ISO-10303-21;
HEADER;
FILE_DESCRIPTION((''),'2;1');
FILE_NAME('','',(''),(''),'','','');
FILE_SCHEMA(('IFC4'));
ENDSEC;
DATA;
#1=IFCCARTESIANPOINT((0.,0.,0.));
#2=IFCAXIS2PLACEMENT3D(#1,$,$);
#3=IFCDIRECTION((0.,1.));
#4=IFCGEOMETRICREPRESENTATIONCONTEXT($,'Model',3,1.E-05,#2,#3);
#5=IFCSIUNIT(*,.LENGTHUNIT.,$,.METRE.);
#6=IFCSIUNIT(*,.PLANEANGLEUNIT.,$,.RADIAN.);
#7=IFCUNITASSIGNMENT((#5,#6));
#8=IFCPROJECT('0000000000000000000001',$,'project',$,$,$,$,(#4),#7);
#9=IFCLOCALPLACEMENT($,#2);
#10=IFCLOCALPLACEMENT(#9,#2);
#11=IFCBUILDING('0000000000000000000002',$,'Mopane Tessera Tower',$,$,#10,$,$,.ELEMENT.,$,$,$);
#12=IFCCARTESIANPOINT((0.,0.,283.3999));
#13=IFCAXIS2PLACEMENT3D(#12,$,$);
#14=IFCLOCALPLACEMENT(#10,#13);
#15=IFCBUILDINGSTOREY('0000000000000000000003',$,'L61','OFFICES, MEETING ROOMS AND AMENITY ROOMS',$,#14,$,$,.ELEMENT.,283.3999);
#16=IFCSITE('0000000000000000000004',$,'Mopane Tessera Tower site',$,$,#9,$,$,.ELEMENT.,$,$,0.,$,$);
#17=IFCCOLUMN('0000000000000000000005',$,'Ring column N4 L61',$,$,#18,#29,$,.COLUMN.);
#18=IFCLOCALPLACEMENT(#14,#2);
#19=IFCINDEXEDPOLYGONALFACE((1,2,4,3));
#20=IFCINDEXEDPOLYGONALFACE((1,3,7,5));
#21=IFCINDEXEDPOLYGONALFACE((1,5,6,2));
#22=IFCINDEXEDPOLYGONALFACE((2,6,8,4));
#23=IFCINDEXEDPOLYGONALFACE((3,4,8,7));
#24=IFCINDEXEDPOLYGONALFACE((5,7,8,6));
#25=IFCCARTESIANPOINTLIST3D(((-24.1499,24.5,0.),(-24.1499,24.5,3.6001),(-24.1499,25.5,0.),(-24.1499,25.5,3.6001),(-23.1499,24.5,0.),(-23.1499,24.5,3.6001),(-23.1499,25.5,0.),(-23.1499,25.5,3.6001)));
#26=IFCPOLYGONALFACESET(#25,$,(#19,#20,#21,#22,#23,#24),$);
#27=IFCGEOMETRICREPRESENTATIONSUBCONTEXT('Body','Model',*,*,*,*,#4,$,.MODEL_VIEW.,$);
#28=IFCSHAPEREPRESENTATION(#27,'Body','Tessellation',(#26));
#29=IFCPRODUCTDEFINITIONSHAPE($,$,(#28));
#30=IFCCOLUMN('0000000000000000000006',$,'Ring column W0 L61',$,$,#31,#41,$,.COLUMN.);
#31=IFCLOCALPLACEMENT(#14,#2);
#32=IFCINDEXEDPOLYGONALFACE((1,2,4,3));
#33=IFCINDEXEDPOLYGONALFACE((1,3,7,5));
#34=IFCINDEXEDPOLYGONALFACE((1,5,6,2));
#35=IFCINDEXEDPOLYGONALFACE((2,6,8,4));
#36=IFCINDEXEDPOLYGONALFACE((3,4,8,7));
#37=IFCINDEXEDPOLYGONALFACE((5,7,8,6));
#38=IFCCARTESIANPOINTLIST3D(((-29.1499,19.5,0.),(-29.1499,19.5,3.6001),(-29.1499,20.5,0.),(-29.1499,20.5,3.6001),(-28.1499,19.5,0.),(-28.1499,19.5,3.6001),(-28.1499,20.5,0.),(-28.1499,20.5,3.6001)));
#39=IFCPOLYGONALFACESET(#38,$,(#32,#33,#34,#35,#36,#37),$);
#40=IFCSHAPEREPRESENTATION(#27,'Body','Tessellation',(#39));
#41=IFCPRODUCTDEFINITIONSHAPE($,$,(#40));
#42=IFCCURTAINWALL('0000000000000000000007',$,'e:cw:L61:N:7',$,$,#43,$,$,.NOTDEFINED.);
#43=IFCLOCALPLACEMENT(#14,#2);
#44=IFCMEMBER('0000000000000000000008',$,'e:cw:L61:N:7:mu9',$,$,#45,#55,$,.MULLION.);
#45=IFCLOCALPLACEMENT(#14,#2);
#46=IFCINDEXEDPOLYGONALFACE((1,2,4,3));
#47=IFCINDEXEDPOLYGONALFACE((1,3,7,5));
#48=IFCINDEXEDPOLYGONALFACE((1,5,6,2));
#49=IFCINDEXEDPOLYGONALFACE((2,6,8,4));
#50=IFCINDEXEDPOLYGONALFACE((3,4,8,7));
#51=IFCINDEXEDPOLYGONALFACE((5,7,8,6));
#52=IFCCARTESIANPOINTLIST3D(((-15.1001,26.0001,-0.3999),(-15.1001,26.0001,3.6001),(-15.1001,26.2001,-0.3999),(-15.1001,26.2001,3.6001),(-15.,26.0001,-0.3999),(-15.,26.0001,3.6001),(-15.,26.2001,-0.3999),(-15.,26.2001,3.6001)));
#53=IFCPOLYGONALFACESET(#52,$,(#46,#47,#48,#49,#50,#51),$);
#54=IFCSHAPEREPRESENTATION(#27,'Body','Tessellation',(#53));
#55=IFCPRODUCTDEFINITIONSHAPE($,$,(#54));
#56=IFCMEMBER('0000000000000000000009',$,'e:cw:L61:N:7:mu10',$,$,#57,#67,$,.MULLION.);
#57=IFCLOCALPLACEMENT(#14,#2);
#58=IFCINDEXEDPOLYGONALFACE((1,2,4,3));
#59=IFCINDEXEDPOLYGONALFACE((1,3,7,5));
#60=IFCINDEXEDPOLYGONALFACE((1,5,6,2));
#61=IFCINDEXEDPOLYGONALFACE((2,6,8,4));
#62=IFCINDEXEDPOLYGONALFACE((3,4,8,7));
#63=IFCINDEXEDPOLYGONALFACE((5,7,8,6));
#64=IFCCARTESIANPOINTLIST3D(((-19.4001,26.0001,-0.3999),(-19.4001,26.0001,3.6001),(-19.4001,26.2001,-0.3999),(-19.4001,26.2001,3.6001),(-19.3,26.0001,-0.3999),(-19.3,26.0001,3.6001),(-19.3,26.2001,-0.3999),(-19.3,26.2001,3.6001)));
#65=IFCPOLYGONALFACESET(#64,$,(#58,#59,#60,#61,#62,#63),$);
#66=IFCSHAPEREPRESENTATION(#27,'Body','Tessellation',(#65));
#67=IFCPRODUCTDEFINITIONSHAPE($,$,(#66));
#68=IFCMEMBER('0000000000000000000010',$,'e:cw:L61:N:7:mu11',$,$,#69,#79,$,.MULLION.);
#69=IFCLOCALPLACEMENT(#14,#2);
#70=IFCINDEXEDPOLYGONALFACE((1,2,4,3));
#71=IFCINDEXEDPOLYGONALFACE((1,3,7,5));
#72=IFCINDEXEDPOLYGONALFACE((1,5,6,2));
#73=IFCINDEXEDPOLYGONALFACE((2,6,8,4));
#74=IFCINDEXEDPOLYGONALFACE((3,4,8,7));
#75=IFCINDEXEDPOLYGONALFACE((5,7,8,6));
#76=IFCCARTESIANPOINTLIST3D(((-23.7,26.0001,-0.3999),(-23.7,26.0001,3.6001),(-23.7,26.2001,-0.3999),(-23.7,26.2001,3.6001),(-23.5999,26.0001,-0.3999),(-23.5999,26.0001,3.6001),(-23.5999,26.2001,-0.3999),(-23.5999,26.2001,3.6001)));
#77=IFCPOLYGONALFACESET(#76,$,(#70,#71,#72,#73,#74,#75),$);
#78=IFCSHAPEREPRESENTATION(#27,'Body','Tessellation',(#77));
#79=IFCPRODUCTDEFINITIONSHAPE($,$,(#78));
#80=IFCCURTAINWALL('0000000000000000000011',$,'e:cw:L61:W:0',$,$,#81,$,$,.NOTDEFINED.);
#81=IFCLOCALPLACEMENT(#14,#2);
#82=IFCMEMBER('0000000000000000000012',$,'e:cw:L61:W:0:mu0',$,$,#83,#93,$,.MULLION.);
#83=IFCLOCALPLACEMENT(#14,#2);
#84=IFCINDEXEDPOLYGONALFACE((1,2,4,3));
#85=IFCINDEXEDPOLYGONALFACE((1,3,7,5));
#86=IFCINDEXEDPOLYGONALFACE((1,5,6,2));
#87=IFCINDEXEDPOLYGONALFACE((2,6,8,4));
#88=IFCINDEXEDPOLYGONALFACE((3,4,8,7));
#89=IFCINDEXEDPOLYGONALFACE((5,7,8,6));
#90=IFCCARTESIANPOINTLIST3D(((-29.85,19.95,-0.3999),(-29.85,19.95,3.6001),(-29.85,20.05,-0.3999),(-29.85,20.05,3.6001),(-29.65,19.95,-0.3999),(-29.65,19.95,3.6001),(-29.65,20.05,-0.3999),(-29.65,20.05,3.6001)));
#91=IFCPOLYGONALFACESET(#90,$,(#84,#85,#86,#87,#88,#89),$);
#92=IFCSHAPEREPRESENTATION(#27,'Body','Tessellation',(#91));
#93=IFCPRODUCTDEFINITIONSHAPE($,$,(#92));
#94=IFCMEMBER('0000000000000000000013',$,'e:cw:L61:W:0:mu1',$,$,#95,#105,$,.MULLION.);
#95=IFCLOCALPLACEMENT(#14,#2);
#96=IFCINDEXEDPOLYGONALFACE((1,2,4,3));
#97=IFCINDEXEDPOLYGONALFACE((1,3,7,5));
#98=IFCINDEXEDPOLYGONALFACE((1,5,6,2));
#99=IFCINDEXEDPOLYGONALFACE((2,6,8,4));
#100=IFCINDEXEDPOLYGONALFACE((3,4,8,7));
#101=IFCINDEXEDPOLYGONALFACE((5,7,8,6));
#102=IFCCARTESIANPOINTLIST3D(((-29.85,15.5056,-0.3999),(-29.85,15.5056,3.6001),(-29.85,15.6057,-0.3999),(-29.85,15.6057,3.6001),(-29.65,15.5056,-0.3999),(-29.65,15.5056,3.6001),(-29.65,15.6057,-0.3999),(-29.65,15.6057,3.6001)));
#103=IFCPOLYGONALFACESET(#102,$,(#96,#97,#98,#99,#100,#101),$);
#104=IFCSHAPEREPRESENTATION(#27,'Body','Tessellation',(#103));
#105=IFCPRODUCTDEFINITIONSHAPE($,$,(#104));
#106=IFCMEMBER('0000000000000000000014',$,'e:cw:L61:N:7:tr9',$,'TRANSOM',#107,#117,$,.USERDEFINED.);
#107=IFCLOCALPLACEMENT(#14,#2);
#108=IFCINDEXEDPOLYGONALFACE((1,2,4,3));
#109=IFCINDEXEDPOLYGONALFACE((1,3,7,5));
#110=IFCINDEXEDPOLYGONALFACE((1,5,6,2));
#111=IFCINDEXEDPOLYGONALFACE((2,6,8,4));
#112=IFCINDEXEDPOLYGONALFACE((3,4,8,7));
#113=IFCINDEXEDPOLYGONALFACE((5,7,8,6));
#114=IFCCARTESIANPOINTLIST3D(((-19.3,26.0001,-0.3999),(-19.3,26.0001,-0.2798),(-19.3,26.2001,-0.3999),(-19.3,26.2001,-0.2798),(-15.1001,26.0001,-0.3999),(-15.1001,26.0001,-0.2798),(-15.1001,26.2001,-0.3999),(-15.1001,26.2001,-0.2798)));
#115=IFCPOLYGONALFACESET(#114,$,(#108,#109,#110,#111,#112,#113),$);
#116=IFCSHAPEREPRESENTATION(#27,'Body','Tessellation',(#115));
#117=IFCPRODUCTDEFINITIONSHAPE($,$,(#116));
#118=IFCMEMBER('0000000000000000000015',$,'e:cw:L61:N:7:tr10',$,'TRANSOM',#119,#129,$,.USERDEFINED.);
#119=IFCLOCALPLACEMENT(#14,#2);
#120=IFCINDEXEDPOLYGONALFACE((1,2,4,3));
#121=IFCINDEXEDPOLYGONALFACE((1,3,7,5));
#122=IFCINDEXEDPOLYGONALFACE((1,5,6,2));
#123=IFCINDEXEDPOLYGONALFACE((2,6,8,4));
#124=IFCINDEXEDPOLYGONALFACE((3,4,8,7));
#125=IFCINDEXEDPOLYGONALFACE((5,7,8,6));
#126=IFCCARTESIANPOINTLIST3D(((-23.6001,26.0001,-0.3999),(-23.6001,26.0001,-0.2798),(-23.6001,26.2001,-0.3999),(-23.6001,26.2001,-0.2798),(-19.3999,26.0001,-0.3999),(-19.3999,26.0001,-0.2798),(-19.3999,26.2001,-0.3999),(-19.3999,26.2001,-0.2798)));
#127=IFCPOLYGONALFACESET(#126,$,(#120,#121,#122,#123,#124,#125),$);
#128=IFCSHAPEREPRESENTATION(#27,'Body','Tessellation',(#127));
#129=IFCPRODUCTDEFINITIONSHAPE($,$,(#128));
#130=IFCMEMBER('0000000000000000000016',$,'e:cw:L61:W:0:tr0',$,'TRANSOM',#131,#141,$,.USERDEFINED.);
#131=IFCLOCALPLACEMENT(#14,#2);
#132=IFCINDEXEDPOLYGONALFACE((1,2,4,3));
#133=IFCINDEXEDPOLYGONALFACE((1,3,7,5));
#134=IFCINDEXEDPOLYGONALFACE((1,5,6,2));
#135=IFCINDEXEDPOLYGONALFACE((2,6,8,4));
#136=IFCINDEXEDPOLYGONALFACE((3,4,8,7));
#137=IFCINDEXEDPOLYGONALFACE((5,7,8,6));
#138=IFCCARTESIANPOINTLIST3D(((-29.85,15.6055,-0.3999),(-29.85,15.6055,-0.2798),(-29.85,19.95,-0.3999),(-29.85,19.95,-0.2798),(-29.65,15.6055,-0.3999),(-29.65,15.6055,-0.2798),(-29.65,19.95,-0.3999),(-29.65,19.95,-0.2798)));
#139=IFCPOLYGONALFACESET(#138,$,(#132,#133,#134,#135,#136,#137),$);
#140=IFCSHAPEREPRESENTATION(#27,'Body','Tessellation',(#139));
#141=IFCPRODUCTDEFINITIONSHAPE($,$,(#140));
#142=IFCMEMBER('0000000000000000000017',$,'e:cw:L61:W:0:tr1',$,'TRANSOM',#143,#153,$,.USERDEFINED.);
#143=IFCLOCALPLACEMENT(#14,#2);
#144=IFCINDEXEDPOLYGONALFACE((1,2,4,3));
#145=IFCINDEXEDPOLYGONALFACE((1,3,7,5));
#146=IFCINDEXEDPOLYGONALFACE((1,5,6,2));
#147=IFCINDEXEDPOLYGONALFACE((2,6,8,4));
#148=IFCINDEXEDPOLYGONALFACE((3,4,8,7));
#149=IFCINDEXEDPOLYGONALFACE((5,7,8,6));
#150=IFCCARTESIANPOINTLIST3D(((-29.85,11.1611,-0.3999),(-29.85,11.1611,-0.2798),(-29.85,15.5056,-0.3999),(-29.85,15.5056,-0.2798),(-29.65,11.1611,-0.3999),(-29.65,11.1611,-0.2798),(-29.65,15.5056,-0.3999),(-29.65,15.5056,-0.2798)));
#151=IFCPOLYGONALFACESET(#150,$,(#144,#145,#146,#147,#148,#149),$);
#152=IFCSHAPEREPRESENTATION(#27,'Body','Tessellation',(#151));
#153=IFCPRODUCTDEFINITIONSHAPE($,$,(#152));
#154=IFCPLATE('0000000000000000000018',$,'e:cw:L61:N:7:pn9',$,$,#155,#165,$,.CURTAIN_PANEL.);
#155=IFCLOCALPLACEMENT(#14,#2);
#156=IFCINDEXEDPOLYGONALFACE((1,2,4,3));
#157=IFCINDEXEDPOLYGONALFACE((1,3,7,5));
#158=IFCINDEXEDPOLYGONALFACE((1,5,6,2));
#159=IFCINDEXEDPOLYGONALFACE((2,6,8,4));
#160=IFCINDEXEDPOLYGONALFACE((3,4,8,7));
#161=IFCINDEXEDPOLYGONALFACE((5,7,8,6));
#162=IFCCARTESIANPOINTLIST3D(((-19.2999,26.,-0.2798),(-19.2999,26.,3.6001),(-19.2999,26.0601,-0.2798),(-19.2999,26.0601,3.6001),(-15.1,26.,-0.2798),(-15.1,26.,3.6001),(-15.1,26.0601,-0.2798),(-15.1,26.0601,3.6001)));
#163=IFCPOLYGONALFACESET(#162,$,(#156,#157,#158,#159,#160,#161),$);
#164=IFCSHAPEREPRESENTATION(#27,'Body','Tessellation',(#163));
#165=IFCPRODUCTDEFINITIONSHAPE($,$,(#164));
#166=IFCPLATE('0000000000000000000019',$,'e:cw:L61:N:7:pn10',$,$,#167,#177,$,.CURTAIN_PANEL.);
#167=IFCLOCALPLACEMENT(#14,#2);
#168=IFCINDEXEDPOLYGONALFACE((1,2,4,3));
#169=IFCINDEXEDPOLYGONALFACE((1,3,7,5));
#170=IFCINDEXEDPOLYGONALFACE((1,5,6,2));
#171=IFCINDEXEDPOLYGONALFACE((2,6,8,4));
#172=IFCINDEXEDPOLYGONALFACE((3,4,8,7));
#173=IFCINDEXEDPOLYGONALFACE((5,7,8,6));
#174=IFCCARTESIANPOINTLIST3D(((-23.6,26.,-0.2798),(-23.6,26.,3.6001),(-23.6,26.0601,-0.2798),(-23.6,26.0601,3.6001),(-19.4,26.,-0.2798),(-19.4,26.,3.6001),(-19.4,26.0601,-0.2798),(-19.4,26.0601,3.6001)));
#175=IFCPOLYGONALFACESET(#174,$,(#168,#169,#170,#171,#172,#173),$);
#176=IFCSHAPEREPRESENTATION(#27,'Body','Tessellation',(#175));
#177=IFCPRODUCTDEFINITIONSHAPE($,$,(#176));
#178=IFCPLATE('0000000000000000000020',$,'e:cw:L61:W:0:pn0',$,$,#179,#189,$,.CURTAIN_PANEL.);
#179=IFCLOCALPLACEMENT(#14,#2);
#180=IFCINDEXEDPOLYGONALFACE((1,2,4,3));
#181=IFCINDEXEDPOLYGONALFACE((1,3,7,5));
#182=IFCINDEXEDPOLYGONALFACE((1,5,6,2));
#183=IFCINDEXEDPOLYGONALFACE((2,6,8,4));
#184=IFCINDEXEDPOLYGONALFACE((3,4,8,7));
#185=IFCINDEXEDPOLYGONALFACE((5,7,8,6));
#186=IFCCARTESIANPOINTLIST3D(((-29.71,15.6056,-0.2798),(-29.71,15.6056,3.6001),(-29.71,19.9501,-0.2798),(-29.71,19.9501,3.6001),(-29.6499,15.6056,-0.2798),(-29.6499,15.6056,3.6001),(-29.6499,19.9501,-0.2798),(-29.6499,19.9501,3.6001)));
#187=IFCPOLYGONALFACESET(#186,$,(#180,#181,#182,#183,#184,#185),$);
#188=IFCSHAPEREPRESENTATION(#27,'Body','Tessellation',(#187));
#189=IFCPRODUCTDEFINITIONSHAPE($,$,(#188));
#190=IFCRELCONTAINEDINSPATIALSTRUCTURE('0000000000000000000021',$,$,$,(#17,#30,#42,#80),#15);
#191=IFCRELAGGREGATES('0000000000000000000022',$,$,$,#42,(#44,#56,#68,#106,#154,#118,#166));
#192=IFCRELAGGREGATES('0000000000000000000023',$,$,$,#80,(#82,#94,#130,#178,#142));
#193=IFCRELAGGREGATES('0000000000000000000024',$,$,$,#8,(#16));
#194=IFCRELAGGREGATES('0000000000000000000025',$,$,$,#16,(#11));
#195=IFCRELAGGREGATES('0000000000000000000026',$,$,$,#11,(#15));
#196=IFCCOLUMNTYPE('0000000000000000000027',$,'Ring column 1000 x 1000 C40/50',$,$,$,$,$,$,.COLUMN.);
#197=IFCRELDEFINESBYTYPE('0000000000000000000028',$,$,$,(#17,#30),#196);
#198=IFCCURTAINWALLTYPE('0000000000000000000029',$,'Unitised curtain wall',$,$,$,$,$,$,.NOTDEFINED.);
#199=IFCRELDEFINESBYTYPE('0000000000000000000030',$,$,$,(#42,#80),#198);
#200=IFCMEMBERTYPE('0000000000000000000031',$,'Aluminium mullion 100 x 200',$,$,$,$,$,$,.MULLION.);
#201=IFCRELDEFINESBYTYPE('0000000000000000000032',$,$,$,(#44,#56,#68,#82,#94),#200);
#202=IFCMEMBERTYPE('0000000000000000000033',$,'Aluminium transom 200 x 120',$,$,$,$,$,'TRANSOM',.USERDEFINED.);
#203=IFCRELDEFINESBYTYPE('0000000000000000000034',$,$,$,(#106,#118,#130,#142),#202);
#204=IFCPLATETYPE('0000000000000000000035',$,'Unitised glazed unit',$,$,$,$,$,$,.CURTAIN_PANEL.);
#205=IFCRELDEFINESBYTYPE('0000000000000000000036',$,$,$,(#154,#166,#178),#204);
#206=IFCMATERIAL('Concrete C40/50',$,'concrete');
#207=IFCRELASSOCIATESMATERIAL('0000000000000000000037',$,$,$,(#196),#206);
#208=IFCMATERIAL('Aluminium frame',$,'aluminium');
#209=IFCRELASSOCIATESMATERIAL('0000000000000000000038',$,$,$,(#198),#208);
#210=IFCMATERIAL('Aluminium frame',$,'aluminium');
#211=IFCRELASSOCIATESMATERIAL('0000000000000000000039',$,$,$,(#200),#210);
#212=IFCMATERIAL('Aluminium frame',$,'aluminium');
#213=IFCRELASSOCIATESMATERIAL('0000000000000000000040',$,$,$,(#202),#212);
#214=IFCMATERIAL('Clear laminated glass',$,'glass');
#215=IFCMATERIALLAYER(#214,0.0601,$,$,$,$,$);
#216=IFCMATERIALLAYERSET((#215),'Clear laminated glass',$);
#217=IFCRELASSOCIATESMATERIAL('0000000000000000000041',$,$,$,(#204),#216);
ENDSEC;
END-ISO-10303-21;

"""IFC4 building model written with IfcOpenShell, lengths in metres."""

from ifc_helpers import new_model, si_unit, direction, frame, origin, origin_2d, place, context, subcontext, project, spatial, rectangle, extrude, material, layer, layer_set, material_profile, profile_set, type_object, element, aggregate, save


model = new_model("IFC4")

# Units and contexts
model_context = context("Model", 3, precision=1e-05, world=origin(), true_north=direction((0.0, 1.0)))
body_context = subcontext(model_context, "Body", "Model", "MODEL_VIEW")
ifc_project = project(units=[si_unit("LENGTHUNIT", "METRE"), si_unit("PLANEANGLEUNIT", "RADIAN")], contexts=[model_context])

# Site, building, storey
site_placement = place(None, origin())
site = spatial("IfcSite", under=ifc_project, at=site_placement, Name="Mopane Tessera Tower site", CompositionType="ELEMENT", RefElevation=0.0)
building_placement = place(site_placement, origin())
building = spatial("IfcBuilding", under=site, at=building_placement, Name="Mopane Tessera Tower", CompositionType="ELEMENT")
storey_placement = place(building_placement, frame((0.0, 0.0, 283.3999)))
storey = spatial("IfcBuildingStorey", under=building, at=storey_placement, Name="L61", Description="OFFICES, MEETING ROOMS AND AMENITY ROOMS", CompositionType="ELEMENT", Elevation=283.3999)

# Columns
ifc_material_1 = material(Name="Concrete C40/50", Category="concrete")
ifc_material_profile_1 = material_profile(ifc_material_1, rectangle(XDim=1.0, YDim=1.0, at=origin_2d()))
ifc_profile_set_1 = profile_set([ifc_material_profile_1], Name="Concrete C40/50")
column_type = type_object("IfcColumnType", Name="Ring column 1000 x 1000 C40/50", PredefinedType="COLUMN", material=ifc_profile_set_1)
for number, where, z_axis, x_axis, name in (
    (1, (-23.6499, 25.0, 0.0), (0.0, 0.0, 1.0), (1.0, 0.0, 0.0), "Ring column N4 L61"),
    (2, (-28.6499, 20.0, 0.0), (0.0, 0.0, 1.0), (1.0, 0.0, 0.0), "Ring column W0 L61"),
):
    element("IfcColumn", number, at=place(storey_placement, frame(where, z_axis=z_axis, x_axis=x_axis)), inside=storey, type_object=column_type, Name=name, PredefinedType="COLUMN", context=body_context, shape_type="SweptSolid", body=[
        extrude(rectangle(XDim=1.0, YDim=1.0, at=origin_2d()), origin(), (0.0, 0.0, 1.0), 3.6001),
    ])

# Curtain walls, members
ifc_material_2 = material(Name="Aluminium frame", Category="aluminium")
curtain_wall_type = type_object("IfcCurtainWallType", Name="Unitised curtain wall", PredefinedType="NOTDEFINED", material=ifc_material_2)
curtain_wall_1_placement = place(storey_placement, origin())
curtain_wall_1 = element("IfcCurtainWall", 3, at=curtain_wall_1_placement, inside=storey, type_object=curtain_wall_type, Name="e:cw:L61:N:7", PredefinedType="NOTDEFINED")
ifc_material_3 = material(Name="Aluminium frame", Category="aluminium")
ifc_material_profile_2 = material_profile(ifc_material_3, rectangle(XDim=0.1001, YDim=0.2, at=origin_2d()))
ifc_profile_set_2 = profile_set([ifc_material_profile_2], Name="Aluminium frame")
member_type_1 = type_object("IfcMemberType", Name="Aluminium mullion 100 x 200", PredefinedType="MULLION", material=ifc_profile_set_2)
member_1_placement = place(storey_placement, frame((-15.05, 26.1001, -0.3999), z_axis=(0.0, 0.0, 1.0), x_axis=(-1.0, 0.0, 0.0)))
member_1 = element("IfcMember", 4, at=member_1_placement, type_object=member_type_1, Name="e:cw:L61:N:7:mu9", PredefinedType="MULLION", context=body_context, shape_type="SweptSolid", body=[
    extrude(rectangle(XDim=0.1001, YDim=0.2, at=origin_2d()), origin(), (0.0, 0.0, 1.0), 4.0),
])
member_2_placement = place(storey_placement, frame((-19.3501, 26.1001, -0.3999), z_axis=(0.0, 0.0, 1.0), x_axis=(-1.0, 0.0, 0.0)))
member_2 = element("IfcMember", 5, at=member_2_placement, type_object=member_type_1, Name="e:cw:L61:N:7:mu10", PredefinedType="MULLION", context=body_context, shape_type="SweptSolid", body=[
    extrude(rectangle(XDim=0.1001, YDim=0.2, at=origin_2d()), origin(), (0.0, 0.0, 1.0), 4.0),
])
member_3_placement = place(storey_placement, frame((-23.6499, 26.1001, -0.3999), z_axis=(0.0, 0.0, 1.0), x_axis=(-1.0, 0.0, 0.0)))
member_3 = element("IfcMember", 6, at=member_3_placement, type_object=member_type_1, Name="e:cw:L61:N:7:mu11", PredefinedType="MULLION", context=body_context, shape_type="SweptSolid", body=[
    extrude(rectangle(XDim=0.1001, YDim=0.2, at=origin_2d()), origin(), (0.0, 0.0, 1.0), 4.0),
])
curtain_wall_2_placement = place(storey_placement, origin())
curtain_wall_2 = element("IfcCurtainWall", 7, at=curtain_wall_2_placement, inside=storey, type_object=curtain_wall_type, Name="e:cw:L61:W:0", PredefinedType="NOTDEFINED")
member_4_placement = place(storey_placement, frame((-29.75, 20.0, -0.3999), z_axis=(0.0, 0.0, 1.0), x_axis=(0.0, -1.0, 0.0)))
member_4 = element("IfcMember", 8, at=member_4_placement, type_object=member_type_1, Name="e:cw:L61:W:0:mu0", PredefinedType="MULLION", context=body_context, shape_type="SweptSolid", body=[
    extrude(rectangle(XDim=0.1001, YDim=0.2, at=origin_2d()), origin(), (0.0, 0.0, 1.0), 4.0),
])
member_5_placement = place(storey_placement, frame((-29.75, 15.5557, -0.3999), z_axis=(0.0, 0.0, 1.0), x_axis=(0.0, -1.0, 0.0)))
member_5 = element("IfcMember", 9, at=member_5_placement, type_object=member_type_1, Name="e:cw:L61:W:0:mu1", PredefinedType="MULLION", context=body_context, shape_type="SweptSolid", body=[
    extrude(rectangle(XDim=0.1001, YDim=0.2, at=origin_2d()), origin(), (0.0, 0.0, 1.0), 4.0),
])

# Members
ifc_material_4 = material(Name="Aluminium frame", Category="aluminium")
ifc_material_profile_3 = material_profile(ifc_material_4, rectangle(XDim=0.2, YDim=0.1201, at=origin_2d()))
ifc_profile_set_3 = profile_set([ifc_material_profile_3], Name="Aluminium frame")
member_type_2 = type_object("IfcMemberType", Name="Aluminium transom 200 x 120", ElementType="TRANSOM", PredefinedType="USERDEFINED", material=ifc_profile_set_3)
member_6_placement = place(storey_placement, frame((-15.1001, 26.1001, -0.3398), z_axis=(-1.0, 0.0, 0.0), x_axis=(0.0, -1.0, 0.0)))
member_6 = element("IfcMember", 10, at=member_6_placement, type_object=member_type_2, Name="e:cw:L61:N:7:tr9", ObjectType="TRANSOM", PredefinedType="USERDEFINED", context=body_context, shape_type="SweptSolid", body=[
    extrude(rectangle(XDim=0.2, YDim=0.1201, at=origin_2d()), origin(), (0.0, 0.0, 1.0), 4.2),
])
member_7_placement = place(storey_placement, frame((-19.3999, 26.1001, -0.3398), z_axis=(-1.0, 0.0, 0.0), x_axis=(0.0, -1.0, 0.0)))
member_7 = element("IfcMember", 11, at=member_7_placement, type_object=member_type_2, Name="e:cw:L61:N:7:tr10", ObjectType="TRANSOM", PredefinedType="USERDEFINED", context=body_context, shape_type="SweptSolid", body=[
    extrude(rectangle(XDim=0.2, YDim=0.1201, at=origin_2d()), origin(), (0.0, 0.0, 1.0), 4.2002),
])
member_8_placement = place(storey_placement, frame((-29.75, 19.95, -0.3398), z_axis=(0.0, -1.0, 0.0), x_axis=(1.0, 0.0, 0.0)))
member_8 = element("IfcMember", 12, at=member_8_placement, type_object=member_type_2, Name="e:cw:L61:W:0:tr0", ObjectType="TRANSOM", PredefinedType="USERDEFINED", context=body_context, shape_type="SweptSolid", body=[
    extrude(rectangle(XDim=0.2, YDim=0.1201, at=origin_2d()), origin(), (0.0, 0.0, 1.0), 4.3445),
])
member_9_placement = place(storey_placement, frame((-29.75, 15.5056, -0.3398), z_axis=(0.0, -1.0, 0.0), x_axis=(1.0, 0.0, 0.0)))
member_9 = element("IfcMember", 13, at=member_9_placement, type_object=member_type_2, Name="e:cw:L61:W:0:tr1", ObjectType="TRANSOM", PredefinedType="USERDEFINED", context=body_context, shape_type="SweptSolid", body=[
    extrude(rectangle(XDim=0.2, YDim=0.1201, at=origin_2d()), origin(), (0.0, 0.0, 1.0), 4.3445),
])

# Plates
ifc_material_5 = material(Name="Clear laminated glass", Category="glass")
ifc_layer_1 = layer(ifc_material_5, 0.0601)
ifc_layer_set_1 = layer_set([ifc_layer_1], Name="Clear laminated glass")
plate_type = type_object("IfcPlateType", Name="Unitised glazed unit", PredefinedType="CURTAIN_PANEL", material=ifc_layer_set_1)
plate_1_placement = place(storey_placement, frame((-17.2, 26.03, -0.2798), z_axis=(0.0, 0.0, 1.0), x_axis=(-1.0, 0.0, 0.0)))
plate_1 = element("IfcPlate", 14, at=plate_1_placement, type_object=plate_type, Name="e:cw:L61:N:7:pn9", PredefinedType="CURTAIN_PANEL", context=body_context, shape_type="SweptSolid", body=[
    extrude(rectangle(XDim=4.2, YDim=0.0601, at=origin_2d()), origin(), (0.0, 0.0, 1.0), 3.8799),
])
plate_2_placement = place(storey_placement, frame((-21.5, 26.03, -0.2798), z_axis=(0.0, 0.0, 1.0), x_axis=(-1.0, 0.0, 0.0)))
plate_2 = element("IfcPlate", 15, at=plate_2_placement, type_object=plate_type, Name="e:cw:L61:N:7:pn10", PredefinedType="CURTAIN_PANEL", context=body_context, shape_type="SweptSolid", body=[
    extrude(rectangle(XDim=4.2, YDim=0.0601, at=origin_2d()), origin(), (0.0, 0.0, 1.0), 3.8799),
])
aggregate(curtain_wall_1, [member_1, member_2, member_3, member_6, plate_1, member_7, plate_2])
plate_3_placement = place(storey_placement, frame((-29.6799, 17.7778, -0.2798), z_axis=(0.0, 0.0, 1.0), x_axis=(0.0, -1.0, 0.0)))
plate_3 = element("IfcPlate", 16, at=plate_3_placement, type_object=plate_type, Name="e:cw:L61:W:0:pn0", PredefinedType="CURTAIN_PANEL", context=body_context, shape_type="SweptSolid", body=[
    extrude(rectangle(XDim=4.3445, YDim=0.0601, at=origin_2d()), origin(), (0.0, 0.0, 1.0), 3.8799),
])
aggregate(curtain_wall_2, [member_4, member_5, member_8, plate_3, member_9])

save(model, "model.ifc")
